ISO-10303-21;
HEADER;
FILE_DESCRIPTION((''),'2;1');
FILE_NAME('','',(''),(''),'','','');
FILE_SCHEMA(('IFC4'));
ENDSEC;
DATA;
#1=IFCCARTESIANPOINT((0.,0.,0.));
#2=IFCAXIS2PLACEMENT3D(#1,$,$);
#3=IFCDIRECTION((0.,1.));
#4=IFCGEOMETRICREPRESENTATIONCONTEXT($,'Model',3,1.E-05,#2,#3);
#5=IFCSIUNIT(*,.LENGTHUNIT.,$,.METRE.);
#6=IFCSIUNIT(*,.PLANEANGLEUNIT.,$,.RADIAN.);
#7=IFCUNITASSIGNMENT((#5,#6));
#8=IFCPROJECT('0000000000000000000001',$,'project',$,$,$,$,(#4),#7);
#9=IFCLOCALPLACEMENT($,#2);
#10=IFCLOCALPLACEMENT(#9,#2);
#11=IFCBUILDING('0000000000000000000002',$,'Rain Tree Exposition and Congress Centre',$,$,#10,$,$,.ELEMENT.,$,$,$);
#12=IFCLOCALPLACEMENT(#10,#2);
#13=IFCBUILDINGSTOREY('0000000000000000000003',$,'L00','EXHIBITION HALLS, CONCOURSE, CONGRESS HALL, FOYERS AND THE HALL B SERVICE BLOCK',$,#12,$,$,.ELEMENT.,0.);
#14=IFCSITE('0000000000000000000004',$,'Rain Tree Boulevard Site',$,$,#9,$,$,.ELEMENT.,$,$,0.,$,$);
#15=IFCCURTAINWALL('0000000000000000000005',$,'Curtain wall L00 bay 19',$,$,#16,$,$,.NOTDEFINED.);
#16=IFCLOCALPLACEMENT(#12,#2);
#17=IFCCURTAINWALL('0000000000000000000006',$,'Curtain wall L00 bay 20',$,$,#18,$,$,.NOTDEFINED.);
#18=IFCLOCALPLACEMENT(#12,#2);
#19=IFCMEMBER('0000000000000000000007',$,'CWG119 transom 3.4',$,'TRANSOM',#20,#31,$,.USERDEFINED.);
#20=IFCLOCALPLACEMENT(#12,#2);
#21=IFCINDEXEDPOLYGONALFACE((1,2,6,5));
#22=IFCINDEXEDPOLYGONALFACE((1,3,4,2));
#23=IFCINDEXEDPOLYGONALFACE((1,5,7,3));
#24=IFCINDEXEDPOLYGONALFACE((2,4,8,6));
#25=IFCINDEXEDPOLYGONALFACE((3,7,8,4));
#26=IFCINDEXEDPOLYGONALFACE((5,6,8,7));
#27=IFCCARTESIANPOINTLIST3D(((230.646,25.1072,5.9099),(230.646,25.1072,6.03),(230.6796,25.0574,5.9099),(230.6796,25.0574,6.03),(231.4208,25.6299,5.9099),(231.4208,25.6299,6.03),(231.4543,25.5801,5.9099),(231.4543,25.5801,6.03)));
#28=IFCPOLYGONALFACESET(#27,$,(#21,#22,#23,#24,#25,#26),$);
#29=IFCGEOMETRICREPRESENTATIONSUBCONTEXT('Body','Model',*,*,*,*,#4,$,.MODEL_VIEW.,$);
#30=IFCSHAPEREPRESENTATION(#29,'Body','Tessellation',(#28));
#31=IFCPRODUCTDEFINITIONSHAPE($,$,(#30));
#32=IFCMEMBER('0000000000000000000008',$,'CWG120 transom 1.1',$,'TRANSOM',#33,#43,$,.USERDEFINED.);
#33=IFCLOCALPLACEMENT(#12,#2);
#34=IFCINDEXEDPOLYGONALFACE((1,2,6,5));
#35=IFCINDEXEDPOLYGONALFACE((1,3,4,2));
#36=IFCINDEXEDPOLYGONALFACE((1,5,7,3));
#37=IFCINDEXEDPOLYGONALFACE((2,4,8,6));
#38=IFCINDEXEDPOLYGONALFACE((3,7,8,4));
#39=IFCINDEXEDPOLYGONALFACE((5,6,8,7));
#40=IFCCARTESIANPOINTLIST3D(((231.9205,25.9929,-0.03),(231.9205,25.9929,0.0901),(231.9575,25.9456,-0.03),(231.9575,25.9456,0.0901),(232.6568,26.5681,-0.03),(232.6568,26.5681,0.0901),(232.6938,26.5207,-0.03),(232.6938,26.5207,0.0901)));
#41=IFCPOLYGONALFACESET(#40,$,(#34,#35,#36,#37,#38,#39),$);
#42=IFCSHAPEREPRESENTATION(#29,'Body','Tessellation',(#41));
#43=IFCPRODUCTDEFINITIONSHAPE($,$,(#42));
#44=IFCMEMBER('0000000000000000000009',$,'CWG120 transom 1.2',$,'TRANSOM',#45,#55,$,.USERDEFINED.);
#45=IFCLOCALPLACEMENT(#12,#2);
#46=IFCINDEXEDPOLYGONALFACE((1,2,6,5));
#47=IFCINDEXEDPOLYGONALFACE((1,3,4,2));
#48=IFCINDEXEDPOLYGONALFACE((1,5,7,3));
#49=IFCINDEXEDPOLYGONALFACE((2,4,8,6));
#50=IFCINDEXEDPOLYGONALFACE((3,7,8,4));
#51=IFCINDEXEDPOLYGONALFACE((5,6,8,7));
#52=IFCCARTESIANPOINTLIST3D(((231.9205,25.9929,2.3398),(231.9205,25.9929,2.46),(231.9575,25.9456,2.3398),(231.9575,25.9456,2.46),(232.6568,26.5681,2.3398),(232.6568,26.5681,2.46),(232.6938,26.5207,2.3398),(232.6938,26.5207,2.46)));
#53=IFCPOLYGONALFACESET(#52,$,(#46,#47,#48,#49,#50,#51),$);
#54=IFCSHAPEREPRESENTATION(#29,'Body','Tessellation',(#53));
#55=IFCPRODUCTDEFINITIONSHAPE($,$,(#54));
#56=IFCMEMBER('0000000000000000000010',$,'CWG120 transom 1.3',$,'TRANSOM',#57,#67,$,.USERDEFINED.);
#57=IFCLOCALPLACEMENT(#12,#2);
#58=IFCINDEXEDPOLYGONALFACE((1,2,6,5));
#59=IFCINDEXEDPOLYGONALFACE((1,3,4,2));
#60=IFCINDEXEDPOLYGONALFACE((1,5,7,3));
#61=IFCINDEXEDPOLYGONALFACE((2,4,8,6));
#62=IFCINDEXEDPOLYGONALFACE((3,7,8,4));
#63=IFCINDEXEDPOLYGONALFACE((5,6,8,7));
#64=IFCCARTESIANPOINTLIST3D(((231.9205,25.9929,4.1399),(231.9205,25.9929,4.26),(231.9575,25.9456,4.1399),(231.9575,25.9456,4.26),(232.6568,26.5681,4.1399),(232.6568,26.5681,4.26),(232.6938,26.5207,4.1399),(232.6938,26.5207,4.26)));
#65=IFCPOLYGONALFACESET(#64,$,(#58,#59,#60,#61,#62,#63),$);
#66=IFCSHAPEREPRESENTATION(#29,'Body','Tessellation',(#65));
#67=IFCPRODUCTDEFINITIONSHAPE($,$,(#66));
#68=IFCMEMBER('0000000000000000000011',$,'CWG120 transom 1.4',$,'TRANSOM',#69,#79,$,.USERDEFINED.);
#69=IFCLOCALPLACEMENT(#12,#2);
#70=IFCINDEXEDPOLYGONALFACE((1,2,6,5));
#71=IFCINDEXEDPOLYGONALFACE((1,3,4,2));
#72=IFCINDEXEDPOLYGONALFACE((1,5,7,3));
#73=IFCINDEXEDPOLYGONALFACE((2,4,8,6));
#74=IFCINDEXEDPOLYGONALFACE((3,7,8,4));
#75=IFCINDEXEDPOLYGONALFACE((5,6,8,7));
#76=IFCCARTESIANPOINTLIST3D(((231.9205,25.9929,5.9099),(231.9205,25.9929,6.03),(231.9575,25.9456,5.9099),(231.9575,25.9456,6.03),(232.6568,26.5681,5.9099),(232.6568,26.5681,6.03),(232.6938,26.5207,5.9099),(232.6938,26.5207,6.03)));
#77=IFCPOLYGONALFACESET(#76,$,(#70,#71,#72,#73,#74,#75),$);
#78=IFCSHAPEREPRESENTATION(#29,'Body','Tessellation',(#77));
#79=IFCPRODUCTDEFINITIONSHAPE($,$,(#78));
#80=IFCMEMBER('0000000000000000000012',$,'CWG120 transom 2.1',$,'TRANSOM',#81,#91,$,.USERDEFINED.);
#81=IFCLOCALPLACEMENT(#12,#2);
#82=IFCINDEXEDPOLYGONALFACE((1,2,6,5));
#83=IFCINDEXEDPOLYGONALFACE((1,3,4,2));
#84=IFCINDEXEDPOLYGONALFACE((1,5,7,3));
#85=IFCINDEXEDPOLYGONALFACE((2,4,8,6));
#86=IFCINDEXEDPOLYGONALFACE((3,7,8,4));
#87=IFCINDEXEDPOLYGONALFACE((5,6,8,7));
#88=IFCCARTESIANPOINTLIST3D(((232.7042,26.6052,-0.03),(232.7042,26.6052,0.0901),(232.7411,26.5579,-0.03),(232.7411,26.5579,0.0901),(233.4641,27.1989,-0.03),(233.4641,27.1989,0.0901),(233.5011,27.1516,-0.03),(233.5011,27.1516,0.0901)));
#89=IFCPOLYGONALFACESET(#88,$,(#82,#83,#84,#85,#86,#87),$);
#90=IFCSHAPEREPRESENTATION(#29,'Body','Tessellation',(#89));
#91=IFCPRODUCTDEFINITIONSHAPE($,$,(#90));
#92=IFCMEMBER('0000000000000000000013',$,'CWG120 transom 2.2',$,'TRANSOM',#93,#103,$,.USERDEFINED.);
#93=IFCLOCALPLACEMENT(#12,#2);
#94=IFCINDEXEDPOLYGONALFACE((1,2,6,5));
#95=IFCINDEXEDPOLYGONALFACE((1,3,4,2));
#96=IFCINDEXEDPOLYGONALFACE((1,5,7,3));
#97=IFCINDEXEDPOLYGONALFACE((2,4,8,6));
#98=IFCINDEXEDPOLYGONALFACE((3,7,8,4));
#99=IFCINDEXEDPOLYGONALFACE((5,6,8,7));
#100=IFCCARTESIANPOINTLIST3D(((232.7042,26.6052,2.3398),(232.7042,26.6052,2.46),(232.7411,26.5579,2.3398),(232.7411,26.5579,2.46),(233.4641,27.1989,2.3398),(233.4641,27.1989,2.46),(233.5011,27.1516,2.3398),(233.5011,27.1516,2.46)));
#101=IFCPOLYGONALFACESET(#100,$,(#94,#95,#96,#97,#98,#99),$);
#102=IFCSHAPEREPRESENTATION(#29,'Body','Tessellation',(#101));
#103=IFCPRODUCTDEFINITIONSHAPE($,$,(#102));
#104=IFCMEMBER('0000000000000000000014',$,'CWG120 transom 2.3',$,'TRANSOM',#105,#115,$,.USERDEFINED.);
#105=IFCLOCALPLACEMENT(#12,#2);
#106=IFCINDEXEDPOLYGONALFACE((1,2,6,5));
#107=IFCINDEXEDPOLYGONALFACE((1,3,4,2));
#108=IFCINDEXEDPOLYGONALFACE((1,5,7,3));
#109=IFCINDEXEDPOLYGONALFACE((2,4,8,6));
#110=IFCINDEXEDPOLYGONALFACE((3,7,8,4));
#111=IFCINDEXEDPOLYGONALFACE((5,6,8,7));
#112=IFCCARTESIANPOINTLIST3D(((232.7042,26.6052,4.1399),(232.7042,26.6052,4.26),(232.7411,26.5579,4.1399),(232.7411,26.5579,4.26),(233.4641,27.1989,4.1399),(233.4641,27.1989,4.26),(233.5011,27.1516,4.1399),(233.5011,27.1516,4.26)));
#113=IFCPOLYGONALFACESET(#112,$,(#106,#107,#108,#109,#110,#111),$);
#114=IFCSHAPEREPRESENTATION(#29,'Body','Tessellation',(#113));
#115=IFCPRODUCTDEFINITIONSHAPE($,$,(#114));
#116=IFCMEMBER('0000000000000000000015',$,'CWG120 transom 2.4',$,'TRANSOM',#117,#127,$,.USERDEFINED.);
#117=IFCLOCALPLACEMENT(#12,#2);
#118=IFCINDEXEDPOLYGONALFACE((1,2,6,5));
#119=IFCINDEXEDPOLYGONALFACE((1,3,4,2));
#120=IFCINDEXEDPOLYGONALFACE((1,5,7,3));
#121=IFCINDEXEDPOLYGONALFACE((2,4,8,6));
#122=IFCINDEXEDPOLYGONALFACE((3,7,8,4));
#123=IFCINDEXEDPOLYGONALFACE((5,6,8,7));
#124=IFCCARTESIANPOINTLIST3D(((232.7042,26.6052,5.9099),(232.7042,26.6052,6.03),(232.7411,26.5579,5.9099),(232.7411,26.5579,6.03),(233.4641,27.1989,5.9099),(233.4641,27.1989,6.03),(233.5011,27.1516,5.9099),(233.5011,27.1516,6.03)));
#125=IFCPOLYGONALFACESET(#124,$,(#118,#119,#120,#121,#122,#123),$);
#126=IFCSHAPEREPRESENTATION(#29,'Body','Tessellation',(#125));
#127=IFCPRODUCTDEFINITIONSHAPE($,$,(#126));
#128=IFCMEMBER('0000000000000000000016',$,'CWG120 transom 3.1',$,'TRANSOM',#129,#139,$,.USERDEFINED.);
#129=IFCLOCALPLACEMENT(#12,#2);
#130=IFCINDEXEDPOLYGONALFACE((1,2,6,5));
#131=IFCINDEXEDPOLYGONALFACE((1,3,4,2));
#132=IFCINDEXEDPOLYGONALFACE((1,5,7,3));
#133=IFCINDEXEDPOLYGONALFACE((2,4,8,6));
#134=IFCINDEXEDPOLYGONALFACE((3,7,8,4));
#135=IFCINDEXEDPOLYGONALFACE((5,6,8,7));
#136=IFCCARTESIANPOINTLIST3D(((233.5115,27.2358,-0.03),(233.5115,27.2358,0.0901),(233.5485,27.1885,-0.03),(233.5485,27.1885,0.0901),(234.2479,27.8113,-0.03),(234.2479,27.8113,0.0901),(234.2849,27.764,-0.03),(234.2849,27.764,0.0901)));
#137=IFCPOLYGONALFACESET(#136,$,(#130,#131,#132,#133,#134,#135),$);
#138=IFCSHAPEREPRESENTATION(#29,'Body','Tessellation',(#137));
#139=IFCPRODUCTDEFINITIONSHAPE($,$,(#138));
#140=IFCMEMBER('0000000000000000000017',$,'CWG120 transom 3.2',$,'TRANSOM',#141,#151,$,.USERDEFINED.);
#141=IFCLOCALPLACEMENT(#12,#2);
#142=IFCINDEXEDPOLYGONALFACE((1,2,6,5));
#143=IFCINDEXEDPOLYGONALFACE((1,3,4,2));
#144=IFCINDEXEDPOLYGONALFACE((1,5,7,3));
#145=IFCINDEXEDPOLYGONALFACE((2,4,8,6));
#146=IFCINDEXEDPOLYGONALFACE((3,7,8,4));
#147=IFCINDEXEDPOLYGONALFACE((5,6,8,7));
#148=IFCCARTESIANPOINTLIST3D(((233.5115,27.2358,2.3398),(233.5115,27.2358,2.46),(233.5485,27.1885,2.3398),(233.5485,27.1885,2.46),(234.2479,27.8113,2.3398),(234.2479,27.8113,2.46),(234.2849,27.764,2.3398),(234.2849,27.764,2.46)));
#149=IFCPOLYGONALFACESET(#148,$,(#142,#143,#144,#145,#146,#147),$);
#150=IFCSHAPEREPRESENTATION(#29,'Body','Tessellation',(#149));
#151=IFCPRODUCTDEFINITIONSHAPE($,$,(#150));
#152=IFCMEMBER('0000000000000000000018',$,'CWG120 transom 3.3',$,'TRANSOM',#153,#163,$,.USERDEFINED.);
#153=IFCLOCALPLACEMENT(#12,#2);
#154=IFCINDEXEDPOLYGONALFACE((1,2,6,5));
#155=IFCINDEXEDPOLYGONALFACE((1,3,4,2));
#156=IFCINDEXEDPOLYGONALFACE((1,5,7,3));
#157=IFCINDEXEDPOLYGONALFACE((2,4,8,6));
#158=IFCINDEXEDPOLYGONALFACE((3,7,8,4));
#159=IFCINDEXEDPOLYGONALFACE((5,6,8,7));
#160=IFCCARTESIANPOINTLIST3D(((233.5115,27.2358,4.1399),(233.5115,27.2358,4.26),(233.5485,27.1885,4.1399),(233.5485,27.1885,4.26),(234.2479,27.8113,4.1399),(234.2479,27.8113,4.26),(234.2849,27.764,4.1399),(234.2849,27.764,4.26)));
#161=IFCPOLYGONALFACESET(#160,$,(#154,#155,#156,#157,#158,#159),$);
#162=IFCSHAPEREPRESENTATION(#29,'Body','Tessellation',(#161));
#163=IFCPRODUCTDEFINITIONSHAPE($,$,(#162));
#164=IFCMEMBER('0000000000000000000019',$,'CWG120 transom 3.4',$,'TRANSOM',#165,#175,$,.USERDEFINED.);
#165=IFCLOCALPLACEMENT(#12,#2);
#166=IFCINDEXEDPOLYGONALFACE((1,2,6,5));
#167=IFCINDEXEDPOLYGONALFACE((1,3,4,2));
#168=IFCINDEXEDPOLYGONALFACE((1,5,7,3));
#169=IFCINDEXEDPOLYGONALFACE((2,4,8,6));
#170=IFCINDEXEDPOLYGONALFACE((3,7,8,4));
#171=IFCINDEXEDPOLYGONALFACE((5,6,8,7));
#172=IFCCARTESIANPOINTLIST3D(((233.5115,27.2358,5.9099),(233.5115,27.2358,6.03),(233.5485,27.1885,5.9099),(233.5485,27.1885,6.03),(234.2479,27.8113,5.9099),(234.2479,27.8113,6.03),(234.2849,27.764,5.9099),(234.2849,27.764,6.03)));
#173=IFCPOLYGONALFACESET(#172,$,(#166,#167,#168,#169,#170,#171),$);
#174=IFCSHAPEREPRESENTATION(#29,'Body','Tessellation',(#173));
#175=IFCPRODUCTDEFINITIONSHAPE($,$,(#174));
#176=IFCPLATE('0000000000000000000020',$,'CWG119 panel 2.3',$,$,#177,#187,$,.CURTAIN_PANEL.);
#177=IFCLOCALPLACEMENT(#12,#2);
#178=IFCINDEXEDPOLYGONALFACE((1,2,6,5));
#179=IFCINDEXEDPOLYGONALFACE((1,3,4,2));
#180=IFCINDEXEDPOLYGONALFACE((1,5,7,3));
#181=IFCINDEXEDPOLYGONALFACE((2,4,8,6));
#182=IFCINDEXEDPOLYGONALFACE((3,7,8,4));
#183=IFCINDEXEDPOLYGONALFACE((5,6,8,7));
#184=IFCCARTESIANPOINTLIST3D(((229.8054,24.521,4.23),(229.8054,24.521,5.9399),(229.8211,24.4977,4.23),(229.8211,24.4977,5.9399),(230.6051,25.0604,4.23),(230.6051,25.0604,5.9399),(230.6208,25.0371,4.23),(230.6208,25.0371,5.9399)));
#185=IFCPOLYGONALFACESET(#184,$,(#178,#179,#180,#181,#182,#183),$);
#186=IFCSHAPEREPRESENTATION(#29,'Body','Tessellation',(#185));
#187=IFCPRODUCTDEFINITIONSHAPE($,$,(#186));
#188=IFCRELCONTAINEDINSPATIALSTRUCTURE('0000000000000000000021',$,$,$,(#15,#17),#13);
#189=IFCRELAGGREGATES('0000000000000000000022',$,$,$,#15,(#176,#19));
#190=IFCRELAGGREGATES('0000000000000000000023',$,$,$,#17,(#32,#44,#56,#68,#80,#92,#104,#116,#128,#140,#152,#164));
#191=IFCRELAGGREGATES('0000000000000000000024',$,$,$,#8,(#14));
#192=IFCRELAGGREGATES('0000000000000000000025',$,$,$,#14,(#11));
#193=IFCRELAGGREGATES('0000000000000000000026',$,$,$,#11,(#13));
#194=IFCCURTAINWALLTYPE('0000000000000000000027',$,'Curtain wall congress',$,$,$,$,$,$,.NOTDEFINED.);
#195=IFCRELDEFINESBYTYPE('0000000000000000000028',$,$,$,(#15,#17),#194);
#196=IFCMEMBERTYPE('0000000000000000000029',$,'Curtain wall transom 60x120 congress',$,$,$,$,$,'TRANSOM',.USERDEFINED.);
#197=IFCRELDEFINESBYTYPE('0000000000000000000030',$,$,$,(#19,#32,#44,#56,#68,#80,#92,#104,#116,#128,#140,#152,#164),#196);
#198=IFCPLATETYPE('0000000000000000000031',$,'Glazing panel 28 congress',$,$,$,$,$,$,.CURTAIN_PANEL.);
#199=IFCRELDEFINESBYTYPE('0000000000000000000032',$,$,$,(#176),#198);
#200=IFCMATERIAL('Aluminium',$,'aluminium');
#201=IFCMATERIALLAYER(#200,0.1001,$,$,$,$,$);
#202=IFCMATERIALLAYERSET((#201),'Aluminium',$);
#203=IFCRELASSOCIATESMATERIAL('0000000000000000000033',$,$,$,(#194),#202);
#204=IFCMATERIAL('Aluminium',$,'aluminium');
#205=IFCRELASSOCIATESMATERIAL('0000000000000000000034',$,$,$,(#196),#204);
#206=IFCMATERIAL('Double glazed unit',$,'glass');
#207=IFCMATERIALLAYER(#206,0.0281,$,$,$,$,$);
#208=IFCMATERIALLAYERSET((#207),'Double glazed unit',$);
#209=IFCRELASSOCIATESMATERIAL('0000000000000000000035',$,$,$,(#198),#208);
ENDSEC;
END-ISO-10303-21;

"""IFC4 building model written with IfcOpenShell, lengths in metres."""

from ifc_helpers import new_model, si_unit, direction, frame, origin, origin_2d, place, context, subcontext, project, spatial, rectangle, extrude, material, layer, layer_set, material_profile, profile_set, type_object, element, aggregate, save


model = new_model("IFC4")

# Units and contexts
model_context = context("Model", 3, precision=1e-05, world=origin(), true_north=direction((0.0, 1.0)))
body_context = subcontext(model_context, "Body", "Model", "MODEL_VIEW")
ifc_project = project(units=[si_unit("LENGTHUNIT", "METRE"), si_unit("PLANEANGLEUNIT", "RADIAN")], contexts=[model_context])

# Site, building, storey
site_placement = place(None, origin())
site = spatial("IfcSite", under=ifc_project, at=site_placement, Name="Rain Tree Boulevard Site", CompositionType="ELEMENT", RefElevation=0.0)
building_placement = place(site_placement, origin())
building = spatial("IfcBuilding", under=site, at=building_placement, Name="Rain Tree Exposition and Congress Centre", CompositionType="ELEMENT")
storey_placement = place(building_placement, origin())
storey = spatial("IfcBuildingStorey", under=building, at=storey_placement, Name="L00", Description="EXHIBITION HALLS, CONCOURSE, CONGRESS HALL, FOYERS AND THE HALL B SERVICE BLOCK", CompositionType="ELEMENT", Elevation=0.0)

# Curtain walls
ifc_material_1 = material(Name="Aluminium", Category="aluminium")
ifc_layer_1 = layer(ifc_material_1, 0.1001)
ifc_layer_set_1 = layer_set([ifc_layer_1], Name="Aluminium")
curtain_wall_type = type_object("IfcCurtainWallType", Name="Curtain wall congress", PredefinedType="NOTDEFINED", material=ifc_layer_set_1)
curtain_wall_1_placement = place(storey_placement, origin())
curtain_wall_1 = element("IfcCurtainWall", 1, at=curtain_wall_1_placement, inside=storey, type_object=curtain_wall_type, Name="Curtain wall L00 bay 19", PredefinedType="NOTDEFINED")
curtain_wall_2_placement = place(storey_placement, origin())
curtain_wall_2 = element("IfcCurtainWall", 2, at=curtain_wall_2_placement, inside=storey, type_object=curtain_wall_type, Name="Curtain wall L00 bay 20", PredefinedType="NOTDEFINED")

# Members
ifc_material_2 = material(Name="Aluminium", Category="aluminium")
ifc_material_profile_1 = material_profile(ifc_material_2, rectangle(XDim=0.0601, YDim=0.1201, at=origin_2d()), Name="AL 60x120")
ifc_profile_set_1 = profile_set([ifc_material_profile_1], Name="Aluminium")
member_type_1 = type_object("IfcMemberType", Name="Curtain wall transom 60x120 congress", ElementType="TRANSOM", PredefinedType="USERDEFINED", material=ifc_profile_set_1)
member_1_placement = place(storey_placement, frame((230.6628, 25.0823, 5.97), z_axis=(0.828943, 0.559334, 0.0), x_axis=(-0.559334, 0.828943, 0.0)))
member_1 = element("IfcMember", 3, at=member_1_placement, type_object=member_type_1, Name="CWG119 transom 3.4", ObjectType="TRANSOM", PredefinedType="USERDEFINED", context=body_context, shape_type="SweptSolid", body=[
    extrude(rectangle(XDim=0.0601, YDim=0.1201, at=origin_2d()), origin(), (0.0, 0.0, 1.0), 0.9346),
])
member_2_placement = place(storey_placement, frame((231.939, 25.9692, 0.03), z_axis=(0.788056, 0.615603, 0.0), x_axis=(-0.615603, 0.788056, 0.0)))
member_2 = element("IfcMember", 4, at=member_2_placement, type_object=member_type_1, Name="CWG120 transom 1.1", ObjectType="TRANSOM", PredefinedType="USERDEFINED", context=body_context, shape_type="SweptSolid", body=[
    extrude(rectangle(XDim=0.0601, YDim=0.1201, at=origin_2d()), origin(), (0.0, 0.0, 1.0), 0.9343),
])
member_3_placement = place(storey_placement, frame((231.939, 25.9692, 2.3999), z_axis=(0.788056, 0.615603, 0.0), x_axis=(-0.615603, 0.788056, 0.0)))
member_3 = element("IfcMember", 5, at=member_3_placement, type_object=member_type_1, Name="CWG120 transom 1.2", ObjectType="TRANSOM", PredefinedType="USERDEFINED", context=body_context, shape_type="SweptSolid", body=[
    extrude(rectangle(XDim=0.0601, YDim=0.1201, at=origin_2d()), origin(), (0.0, 0.0, 1.0), 0.9343),
])
member_4_placement = place(storey_placement, frame((231.939, 25.9692, 4.2), z_axis=(0.788056, 0.615603, 0.0), x_axis=(-0.615603, 0.788056, 0.0)))
member_4 = element("IfcMember", 6, at=member_4_placement, type_object=member_type_1, Name="CWG120 transom 1.3", ObjectType="TRANSOM", PredefinedType="USERDEFINED", context=body_context, shape_type="SweptSolid", body=[
    extrude(rectangle(XDim=0.0601, YDim=0.1201, at=origin_2d()), origin(), (0.0, 0.0, 1.0), 0.9343),
])
member_5_placement = place(storey_placement, frame((231.939, 25.9692, 5.97), z_axis=(0.788056, 0.615603, 0.0), x_axis=(-0.615603, 0.788056, 0.0)))
member_5 = element("IfcMember", 7, at=member_5_placement, type_object=member_type_1, Name="CWG120 transom 1.4", ObjectType="TRANSOM", PredefinedType="USERDEFINED", context=body_context, shape_type="SweptSolid", body=[
    extrude(rectangle(XDim=0.0601, YDim=0.1201, at=origin_2d()), origin(), (0.0, 0.0, 1.0), 0.9343),
])
member_6_placement = place(storey_placement, frame((232.7227, 26.5815, 0.03), z_axis=(0.788028, 0.615639, 0.0), x_axis=(-0.615639, 0.788028, 0.0)))
member_6 = element("IfcMember", 8, at=member_6_placement, type_object=member_type_1, Name="CWG120 transom 2.1", ObjectType="TRANSOM", PredefinedType="USERDEFINED", context=body_context, shape_type="SweptSolid", body=[
    extrude(rectangle(XDim=0.0601, YDim=0.1201, at=origin_2d()), origin(), (0.0, 0.0, 1.0), 0.9644),
])
member_7_placement = place(storey_placement, frame((232.7227, 26.5815, 2.3999), z_axis=(0.788028, 0.615639, 0.0), x_axis=(-0.615639, 0.788028, 0.0)))
member_7 = element("IfcMember", 9, at=member_7_placement, type_object=member_type_1, Name="CWG120 transom 2.2", ObjectType="TRANSOM", PredefinedType="USERDEFINED", context=body_context, shape_type="SweptSolid", body=[
    extrude(rectangle(XDim=0.0601, YDim=0.1201, at=origin_2d()), origin(), (0.0, 0.0, 1.0), 0.9644),
])
member_8_placement = place(storey_placement, frame((232.7227, 26.5815, 4.2), z_axis=(0.788028, 0.615639, 0.0), x_axis=(-0.615639, 0.788028, 0.0)))
member_8 = element("IfcMember", 10, at=member_8_placement, type_object=member_type_1, Name="CWG120 transom 2.3", ObjectType="TRANSOM", PredefinedType="USERDEFINED", context=body_context, shape_type="SweptSolid", body=[
    extrude(rectangle(XDim=0.0601, YDim=0.1201, at=origin_2d()), origin(), (0.0, 0.0, 1.0), 0.9644),
])
member_9_placement = place(storey_placement, frame((232.7227, 26.5815, 5.97), z_axis=(0.788028, 0.615639, 0.0), x_axis=(-0.615639, 0.788028, 0.0)))
member_9 = element("IfcMember", 11, at=member_9_placement, type_object=member_type_1, Name="CWG120 transom 2.4", ObjectType="TRANSOM", PredefinedType="USERDEFINED", context=body_context, shape_type="SweptSolid", body=[
    extrude(rectangle(XDim=0.0601, YDim=0.1201, at=origin_2d()), origin(), (0.0, 0.0, 1.0), 0.9644),
])
member_10_placement = place(storey_placement, frame((233.53, 27.2122, 0.03), z_axis=(0.787929, 0.615766, 0.0), x_axis=(-0.615766, 0.787929, 0.0)))
member_10 = element("IfcMember", 12, at=member_10_placement, type_object=member_type_1, Name="CWG120 transom 3.1", ObjectType="TRANSOM", PredefinedType="USERDEFINED", context=body_context, shape_type="SweptSolid", body=[
    extrude(rectangle(XDim=0.0601, YDim=0.1201, at=origin_2d()), origin(), (0.0, 0.0, 1.0), 0.9346),
])
member_11_placement = place(storey_placement, frame((233.53, 27.2122, 2.3999), z_axis=(0.787929, 0.615766, 0.0), x_axis=(-0.615766, 0.787929, 0.0)))
member_11 = element("IfcMember", 13, at=member_11_placement, type_object=member_type_1, Name="CWG120 transom 3.2", ObjectType="TRANSOM", PredefinedType="USERDEFINED", context=body_context, shape_type="SweptSolid", body=[
    extrude(rectangle(XDim=0.0601, YDim=0.1201, at=origin_2d()), origin(), (0.0, 0.0, 1.0), 0.9346),
])
member_12_placement = place(storey_placement, frame((233.53, 27.2122, 4.2), z_axis=(0.787929, 0.615766, 0.0), x_axis=(-0.615766, 0.787929, 0.0)))
member_12 = element("IfcMember", 14, at=member_12_placement, type_object=member_type_1, Name="CWG120 transom 3.3", ObjectType="TRANSOM", PredefinedType="USERDEFINED", context=body_context, shape_type="SweptSolid", body=[
    extrude(rectangle(XDim=0.0601, YDim=0.1201, at=origin_2d()), origin(), (0.0, 0.0, 1.0), 0.9346),
])
member_13_placement = place(storey_placement, frame((233.53, 27.2122, 5.97), z_axis=(0.787929, 0.615766, 0.0), x_axis=(-0.615766, 0.787929, 0.0)))
member_13 = element("IfcMember", 15, at=member_13_placement, type_object=member_type_1, Name="CWG120 transom 3.4", ObjectType="TRANSOM", PredefinedType="USERDEFINED", context=body_context, shape_type="SweptSolid", body=[
    extrude(rectangle(XDim=0.0601, YDim=0.1201, at=origin_2d()), origin(), (0.0, 0.0, 1.0), 0.9346),
])

# Plate
ifc_material_3 = material(Name="Double glazed unit", Category="glass")
ifc_layer_2 = layer(ifc_material_3, 0.0281)
ifc_layer_set_2 = layer_set([ifc_layer_2], Name="Double glazed unit")
plate_type = type_object("IfcPlateType", Name="Glazing panel 28 congress", PredefinedType="CURTAIN_PANEL", material=ifc_layer_set_2)
plate_1_placement = place(storey_placement, frame((230.2131, 24.7791, 4.23), z_axis=(0.0, 0.0, 1.0), x_axis=(0.829035, 0.559197, 0.0)))
plate_1 = element("IfcPlate", 16, at=plate_1_placement, type_object=plate_type, Name="CWG119 panel 2.3", PredefinedType="CURTAIN_PANEL", context=body_context, shape_type="SweptSolid", body=[
    extrude(rectangle(XDim=0.9646, YDim=0.0281, at=origin_2d()), origin(), (0.0, 0.0, 1.0), 1.71),
])
aggregate(curtain_wall_1, [plate_1, member_1])
aggregate(curtain_wall_2, [member_2, member_3, member_4, member_5, member_6, member_7, member_8, member_9, member_10, member_11, member_12, member_13])

save(model, "model.ifc")
